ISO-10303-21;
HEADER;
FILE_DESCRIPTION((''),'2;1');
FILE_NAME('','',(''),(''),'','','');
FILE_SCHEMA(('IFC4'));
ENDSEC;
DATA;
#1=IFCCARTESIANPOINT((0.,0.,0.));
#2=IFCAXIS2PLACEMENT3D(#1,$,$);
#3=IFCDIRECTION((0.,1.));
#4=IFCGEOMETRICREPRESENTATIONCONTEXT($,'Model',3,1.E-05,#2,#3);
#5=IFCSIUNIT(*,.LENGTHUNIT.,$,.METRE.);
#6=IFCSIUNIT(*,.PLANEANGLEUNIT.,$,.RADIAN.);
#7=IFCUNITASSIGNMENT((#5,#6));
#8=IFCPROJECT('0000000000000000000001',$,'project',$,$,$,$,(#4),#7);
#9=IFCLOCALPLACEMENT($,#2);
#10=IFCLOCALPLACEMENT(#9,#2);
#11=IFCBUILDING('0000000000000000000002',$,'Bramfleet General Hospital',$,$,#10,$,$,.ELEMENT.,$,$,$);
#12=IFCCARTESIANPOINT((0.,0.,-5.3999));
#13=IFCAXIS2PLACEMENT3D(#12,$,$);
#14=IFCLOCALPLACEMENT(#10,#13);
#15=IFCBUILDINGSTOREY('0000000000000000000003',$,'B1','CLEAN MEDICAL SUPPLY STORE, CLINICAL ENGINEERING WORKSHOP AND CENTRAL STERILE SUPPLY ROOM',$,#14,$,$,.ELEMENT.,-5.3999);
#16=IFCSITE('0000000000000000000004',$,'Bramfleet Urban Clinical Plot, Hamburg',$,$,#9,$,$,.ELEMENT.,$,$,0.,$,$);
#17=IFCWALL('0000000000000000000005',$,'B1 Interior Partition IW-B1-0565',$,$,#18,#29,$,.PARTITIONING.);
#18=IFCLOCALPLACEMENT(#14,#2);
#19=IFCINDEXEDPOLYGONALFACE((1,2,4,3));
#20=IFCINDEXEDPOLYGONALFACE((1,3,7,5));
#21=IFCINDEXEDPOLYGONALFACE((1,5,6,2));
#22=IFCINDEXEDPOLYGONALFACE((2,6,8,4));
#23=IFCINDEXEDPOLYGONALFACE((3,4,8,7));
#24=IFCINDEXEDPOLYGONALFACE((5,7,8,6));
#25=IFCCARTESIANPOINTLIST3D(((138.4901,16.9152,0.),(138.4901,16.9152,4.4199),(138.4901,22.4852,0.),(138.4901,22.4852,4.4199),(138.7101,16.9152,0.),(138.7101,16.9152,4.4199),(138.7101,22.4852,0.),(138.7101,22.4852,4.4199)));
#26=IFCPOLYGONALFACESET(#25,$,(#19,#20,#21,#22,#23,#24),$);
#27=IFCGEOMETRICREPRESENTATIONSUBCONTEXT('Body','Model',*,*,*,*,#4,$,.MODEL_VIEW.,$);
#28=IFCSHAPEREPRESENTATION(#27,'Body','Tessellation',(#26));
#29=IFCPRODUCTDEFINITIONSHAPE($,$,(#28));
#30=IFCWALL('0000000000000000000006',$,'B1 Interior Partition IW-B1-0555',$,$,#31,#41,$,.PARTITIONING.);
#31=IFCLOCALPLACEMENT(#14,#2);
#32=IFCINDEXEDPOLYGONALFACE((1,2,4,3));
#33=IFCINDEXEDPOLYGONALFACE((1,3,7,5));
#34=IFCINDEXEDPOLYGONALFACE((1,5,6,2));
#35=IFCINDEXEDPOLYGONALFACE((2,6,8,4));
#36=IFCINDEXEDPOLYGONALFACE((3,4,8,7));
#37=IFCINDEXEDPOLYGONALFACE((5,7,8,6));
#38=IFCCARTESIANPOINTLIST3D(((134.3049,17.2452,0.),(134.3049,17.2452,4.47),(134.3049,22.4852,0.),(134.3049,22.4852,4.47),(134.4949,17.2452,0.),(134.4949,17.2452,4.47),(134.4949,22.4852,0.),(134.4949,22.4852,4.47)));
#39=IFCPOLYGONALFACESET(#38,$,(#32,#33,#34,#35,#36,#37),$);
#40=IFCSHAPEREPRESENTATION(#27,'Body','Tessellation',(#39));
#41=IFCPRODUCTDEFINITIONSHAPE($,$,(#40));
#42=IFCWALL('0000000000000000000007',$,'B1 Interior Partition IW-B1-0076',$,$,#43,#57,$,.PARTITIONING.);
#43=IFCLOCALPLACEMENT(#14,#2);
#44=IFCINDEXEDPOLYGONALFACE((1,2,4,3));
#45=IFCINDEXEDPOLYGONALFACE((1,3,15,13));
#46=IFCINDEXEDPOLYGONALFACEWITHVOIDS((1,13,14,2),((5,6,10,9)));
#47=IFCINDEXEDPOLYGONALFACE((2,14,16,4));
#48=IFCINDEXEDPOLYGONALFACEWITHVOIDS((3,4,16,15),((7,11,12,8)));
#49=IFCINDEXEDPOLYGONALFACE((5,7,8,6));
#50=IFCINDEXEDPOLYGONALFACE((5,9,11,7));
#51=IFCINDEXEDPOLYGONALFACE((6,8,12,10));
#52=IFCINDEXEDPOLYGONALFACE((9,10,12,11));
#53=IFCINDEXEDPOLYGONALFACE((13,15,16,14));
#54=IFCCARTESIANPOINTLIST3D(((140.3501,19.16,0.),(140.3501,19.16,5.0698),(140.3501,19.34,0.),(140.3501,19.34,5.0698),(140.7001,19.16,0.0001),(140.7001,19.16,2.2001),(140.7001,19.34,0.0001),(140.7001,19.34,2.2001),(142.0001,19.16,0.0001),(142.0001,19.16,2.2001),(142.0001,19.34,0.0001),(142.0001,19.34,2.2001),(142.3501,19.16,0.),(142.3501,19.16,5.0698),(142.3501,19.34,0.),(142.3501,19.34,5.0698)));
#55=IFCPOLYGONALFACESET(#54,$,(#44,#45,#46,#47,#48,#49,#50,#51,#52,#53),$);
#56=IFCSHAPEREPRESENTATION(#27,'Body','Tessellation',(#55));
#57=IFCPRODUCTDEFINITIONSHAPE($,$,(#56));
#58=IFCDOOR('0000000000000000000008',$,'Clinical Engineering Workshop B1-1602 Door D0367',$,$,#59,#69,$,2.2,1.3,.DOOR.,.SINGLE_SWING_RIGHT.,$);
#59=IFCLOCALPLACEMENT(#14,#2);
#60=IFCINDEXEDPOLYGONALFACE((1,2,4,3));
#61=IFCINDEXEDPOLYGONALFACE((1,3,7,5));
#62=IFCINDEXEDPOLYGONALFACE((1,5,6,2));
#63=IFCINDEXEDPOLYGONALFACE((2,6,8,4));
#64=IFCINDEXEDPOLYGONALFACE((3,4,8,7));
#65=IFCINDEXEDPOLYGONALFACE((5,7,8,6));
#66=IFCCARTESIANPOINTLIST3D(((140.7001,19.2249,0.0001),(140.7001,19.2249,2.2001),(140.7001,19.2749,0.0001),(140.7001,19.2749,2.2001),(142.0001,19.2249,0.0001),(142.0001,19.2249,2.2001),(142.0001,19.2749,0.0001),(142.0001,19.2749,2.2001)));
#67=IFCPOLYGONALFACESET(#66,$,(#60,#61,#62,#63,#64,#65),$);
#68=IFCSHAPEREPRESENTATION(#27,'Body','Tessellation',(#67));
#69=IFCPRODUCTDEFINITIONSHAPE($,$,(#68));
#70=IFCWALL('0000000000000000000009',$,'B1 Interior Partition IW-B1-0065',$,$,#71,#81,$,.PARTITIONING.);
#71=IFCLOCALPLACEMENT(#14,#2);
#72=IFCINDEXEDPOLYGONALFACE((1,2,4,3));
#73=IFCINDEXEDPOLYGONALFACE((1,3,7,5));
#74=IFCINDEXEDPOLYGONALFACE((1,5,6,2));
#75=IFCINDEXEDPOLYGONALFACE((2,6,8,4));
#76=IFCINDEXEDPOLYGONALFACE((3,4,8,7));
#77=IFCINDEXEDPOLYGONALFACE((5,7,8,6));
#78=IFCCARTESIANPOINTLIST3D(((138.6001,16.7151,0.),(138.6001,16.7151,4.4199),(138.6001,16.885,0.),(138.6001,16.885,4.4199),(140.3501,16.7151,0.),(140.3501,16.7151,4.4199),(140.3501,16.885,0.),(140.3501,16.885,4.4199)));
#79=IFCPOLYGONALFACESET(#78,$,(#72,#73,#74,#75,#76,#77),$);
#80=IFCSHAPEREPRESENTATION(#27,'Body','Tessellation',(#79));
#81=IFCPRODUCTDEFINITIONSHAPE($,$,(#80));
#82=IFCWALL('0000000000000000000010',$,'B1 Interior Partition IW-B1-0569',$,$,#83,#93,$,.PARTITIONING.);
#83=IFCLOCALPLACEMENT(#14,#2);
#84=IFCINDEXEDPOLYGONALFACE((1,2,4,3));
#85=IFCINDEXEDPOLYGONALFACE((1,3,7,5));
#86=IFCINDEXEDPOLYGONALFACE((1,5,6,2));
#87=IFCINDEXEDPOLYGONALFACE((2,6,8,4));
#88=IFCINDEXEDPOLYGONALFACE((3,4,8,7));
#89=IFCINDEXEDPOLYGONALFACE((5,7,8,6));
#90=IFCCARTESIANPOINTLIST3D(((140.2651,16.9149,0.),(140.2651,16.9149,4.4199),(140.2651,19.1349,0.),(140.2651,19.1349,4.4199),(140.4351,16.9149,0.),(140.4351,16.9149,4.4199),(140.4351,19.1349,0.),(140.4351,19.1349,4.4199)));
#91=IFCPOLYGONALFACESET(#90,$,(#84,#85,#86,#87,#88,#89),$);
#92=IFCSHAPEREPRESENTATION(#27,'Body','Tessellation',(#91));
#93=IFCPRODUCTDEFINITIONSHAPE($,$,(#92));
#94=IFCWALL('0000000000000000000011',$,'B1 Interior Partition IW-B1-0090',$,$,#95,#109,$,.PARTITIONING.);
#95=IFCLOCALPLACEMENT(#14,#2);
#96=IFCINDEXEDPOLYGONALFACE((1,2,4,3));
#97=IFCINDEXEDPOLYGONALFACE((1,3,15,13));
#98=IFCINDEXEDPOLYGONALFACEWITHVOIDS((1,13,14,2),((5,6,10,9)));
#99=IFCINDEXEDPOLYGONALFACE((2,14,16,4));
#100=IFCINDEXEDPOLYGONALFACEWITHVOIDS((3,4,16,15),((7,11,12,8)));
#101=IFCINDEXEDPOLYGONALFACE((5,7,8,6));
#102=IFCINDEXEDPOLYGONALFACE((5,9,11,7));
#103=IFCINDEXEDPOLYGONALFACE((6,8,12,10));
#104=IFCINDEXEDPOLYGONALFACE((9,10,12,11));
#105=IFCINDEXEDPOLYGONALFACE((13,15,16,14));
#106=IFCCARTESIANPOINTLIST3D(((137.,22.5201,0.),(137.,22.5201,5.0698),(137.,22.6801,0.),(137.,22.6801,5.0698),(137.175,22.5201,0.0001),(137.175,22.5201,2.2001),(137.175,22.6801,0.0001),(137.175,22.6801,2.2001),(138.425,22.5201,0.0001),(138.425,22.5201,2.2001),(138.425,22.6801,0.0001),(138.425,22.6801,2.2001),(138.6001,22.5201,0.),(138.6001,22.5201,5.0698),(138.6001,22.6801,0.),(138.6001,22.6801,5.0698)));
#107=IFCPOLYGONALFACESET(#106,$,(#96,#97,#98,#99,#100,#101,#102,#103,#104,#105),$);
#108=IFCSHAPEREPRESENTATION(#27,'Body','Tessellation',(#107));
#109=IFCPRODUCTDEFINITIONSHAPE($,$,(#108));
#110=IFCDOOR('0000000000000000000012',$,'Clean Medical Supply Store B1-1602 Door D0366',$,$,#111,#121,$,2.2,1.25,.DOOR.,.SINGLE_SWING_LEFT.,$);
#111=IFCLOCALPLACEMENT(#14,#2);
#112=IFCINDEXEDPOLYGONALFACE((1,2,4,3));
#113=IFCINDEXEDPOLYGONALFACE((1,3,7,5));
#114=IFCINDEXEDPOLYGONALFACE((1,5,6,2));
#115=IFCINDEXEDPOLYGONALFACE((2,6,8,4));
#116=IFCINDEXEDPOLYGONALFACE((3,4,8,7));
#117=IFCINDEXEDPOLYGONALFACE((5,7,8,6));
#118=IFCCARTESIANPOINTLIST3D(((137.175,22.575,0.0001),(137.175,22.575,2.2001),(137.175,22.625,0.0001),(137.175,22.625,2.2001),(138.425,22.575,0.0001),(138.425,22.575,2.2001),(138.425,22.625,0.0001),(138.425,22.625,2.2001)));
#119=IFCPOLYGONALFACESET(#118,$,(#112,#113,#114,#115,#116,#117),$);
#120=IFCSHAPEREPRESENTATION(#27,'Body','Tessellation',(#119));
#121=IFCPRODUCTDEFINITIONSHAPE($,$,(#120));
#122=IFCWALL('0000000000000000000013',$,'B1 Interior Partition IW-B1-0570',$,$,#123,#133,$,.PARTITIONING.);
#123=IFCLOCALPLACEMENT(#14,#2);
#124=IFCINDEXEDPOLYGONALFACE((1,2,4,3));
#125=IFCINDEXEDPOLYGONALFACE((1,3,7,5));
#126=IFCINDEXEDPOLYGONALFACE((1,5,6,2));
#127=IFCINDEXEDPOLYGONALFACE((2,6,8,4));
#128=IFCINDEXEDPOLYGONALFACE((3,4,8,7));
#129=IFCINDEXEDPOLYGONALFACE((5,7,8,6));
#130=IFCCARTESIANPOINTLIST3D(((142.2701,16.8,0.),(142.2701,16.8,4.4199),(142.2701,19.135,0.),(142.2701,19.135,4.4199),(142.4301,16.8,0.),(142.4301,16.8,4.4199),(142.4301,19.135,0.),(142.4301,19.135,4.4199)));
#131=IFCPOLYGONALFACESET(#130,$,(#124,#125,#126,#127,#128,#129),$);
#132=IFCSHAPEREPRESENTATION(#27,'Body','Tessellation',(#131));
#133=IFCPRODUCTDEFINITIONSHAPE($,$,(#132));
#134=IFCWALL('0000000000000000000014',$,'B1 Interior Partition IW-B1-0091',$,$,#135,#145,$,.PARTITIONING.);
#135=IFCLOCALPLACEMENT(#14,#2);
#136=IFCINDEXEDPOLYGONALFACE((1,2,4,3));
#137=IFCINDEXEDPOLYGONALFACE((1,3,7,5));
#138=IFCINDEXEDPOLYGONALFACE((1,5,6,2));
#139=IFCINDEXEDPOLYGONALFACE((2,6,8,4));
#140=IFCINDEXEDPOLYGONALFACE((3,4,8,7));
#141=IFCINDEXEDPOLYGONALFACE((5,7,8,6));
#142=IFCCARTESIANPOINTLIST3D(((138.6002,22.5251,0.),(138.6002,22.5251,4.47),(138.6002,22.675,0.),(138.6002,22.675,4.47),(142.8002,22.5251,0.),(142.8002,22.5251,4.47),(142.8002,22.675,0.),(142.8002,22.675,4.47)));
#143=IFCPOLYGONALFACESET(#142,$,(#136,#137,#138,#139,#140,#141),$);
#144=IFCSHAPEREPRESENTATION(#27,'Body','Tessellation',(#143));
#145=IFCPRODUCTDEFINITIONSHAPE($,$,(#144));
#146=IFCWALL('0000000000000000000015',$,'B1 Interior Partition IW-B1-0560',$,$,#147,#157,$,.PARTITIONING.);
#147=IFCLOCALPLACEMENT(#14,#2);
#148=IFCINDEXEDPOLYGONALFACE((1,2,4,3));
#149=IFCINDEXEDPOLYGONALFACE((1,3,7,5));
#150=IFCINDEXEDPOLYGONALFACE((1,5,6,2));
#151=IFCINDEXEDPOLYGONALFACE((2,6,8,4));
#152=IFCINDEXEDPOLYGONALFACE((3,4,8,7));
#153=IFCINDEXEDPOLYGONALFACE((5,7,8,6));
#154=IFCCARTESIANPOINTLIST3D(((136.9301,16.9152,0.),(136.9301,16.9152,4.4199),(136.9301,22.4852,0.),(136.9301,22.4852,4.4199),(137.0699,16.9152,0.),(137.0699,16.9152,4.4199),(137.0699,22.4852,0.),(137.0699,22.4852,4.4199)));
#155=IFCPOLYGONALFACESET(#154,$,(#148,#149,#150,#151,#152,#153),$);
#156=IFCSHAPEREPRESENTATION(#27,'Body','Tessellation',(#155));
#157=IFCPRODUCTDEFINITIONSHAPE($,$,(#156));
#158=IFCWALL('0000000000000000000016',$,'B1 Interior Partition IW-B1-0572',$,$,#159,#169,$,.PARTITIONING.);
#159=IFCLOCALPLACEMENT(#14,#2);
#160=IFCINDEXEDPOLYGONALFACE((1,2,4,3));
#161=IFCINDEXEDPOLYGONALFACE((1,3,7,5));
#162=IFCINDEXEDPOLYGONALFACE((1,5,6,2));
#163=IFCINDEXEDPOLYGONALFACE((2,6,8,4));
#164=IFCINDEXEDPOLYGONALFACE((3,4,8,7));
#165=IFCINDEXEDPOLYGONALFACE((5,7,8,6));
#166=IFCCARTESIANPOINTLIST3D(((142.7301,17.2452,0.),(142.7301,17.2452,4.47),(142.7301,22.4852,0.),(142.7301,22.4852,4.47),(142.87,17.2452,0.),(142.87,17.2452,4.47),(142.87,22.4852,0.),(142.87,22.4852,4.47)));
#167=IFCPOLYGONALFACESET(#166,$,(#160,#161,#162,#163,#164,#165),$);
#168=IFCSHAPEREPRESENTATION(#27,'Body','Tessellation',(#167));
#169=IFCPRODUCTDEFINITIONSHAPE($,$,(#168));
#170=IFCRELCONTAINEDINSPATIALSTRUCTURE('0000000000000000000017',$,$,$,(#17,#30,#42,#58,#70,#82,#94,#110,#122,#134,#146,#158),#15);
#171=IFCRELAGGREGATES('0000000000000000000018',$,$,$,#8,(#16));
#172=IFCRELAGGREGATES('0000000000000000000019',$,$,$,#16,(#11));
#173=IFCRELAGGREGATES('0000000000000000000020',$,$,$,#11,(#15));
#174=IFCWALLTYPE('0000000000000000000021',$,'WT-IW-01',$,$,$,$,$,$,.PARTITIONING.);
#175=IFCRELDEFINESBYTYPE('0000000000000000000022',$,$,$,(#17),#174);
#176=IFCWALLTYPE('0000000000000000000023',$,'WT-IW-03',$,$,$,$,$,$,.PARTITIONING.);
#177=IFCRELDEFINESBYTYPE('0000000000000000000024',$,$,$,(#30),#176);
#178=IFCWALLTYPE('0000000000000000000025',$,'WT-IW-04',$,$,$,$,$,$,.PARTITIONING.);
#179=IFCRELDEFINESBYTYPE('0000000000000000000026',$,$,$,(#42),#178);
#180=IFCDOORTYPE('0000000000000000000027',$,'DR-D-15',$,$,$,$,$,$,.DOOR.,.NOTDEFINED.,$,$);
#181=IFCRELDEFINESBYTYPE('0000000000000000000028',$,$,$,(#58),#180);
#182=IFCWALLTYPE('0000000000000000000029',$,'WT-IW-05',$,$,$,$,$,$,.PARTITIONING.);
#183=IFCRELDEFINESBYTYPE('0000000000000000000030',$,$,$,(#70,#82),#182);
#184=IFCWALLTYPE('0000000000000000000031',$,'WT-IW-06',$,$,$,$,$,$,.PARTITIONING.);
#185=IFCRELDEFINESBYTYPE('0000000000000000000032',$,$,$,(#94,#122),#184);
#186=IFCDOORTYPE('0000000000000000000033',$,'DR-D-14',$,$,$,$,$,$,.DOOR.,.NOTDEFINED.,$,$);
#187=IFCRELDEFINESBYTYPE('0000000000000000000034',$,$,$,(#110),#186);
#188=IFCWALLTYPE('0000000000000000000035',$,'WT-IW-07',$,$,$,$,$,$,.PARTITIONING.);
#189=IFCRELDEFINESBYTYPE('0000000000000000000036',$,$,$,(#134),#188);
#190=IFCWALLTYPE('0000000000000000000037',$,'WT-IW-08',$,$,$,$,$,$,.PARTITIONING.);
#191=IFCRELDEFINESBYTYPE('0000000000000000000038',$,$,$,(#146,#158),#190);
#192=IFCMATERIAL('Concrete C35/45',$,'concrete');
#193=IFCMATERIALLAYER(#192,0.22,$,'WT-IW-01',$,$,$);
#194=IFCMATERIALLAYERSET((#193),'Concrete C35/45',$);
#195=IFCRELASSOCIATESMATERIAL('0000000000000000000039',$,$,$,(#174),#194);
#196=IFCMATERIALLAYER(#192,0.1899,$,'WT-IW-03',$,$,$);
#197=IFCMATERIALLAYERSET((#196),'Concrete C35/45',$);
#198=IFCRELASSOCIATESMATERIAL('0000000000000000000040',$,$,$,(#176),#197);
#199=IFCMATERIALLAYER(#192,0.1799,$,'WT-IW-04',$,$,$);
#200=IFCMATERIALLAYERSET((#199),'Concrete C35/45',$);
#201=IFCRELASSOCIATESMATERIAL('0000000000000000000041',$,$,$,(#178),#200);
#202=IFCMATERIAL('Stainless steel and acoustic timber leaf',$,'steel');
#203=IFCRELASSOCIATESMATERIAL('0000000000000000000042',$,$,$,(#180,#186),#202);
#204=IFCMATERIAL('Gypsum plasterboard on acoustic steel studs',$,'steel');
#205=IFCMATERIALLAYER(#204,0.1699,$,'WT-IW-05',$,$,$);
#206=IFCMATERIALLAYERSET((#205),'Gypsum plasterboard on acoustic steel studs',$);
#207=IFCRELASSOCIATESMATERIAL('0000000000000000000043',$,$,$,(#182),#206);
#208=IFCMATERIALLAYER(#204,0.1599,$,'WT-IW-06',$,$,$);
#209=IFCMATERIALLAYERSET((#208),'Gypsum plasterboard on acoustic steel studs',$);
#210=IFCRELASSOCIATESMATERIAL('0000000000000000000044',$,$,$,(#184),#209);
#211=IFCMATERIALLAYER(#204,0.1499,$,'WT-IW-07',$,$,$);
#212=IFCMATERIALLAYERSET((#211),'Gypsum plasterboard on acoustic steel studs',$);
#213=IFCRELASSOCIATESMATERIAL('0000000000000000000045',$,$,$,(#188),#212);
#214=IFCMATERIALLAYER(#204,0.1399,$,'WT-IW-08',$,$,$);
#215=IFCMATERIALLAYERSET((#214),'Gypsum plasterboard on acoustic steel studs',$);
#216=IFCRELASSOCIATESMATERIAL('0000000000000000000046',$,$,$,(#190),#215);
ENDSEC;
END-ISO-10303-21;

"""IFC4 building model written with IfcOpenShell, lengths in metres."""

from ifc_helpers import new_model, si_unit, direction, frame, frame_2d, origin, place, context, subcontext, project, spatial, rectangle, extrude, material, layer, layer_set, type_object, element, fill, save


model = new_model("IFC4")

# Units and contexts
model_context = context("Model", 3, precision=1e-05, world=origin(), true_north=direction((0.0, 1.0)))
body_context = subcontext(model_context, "Body", "Model", "MODEL_VIEW")
ifc_project = project(units=[si_unit("LENGTHUNIT", "METRE"), si_unit("PLANEANGLEUNIT", "RADIAN")], contexts=[model_context])

# Site, building, storey
site_placement = place(None, origin())
site = spatial("IfcSite", under=ifc_project, at=site_placement, Name="Bramfleet Urban Clinical Plot, Hamburg", CompositionType="ELEMENT", RefElevation=0.0)
building_placement = place(site_placement, origin())
building = spatial("IfcBuilding", under=site, at=building_placement, Name="Bramfleet General Hospital", CompositionType="ELEMENT")
storey_placement = place(building_placement, frame((0.0, 0.0, -5.3999)))
storey = spatial("IfcBuildingStorey", under=building, at=storey_placement, Name="B1", Description="CLEAN MEDICAL SUPPLY STORE, CLINICAL ENGINEERING WORKSHOP AND CENTRAL STERILE SUPPLY ROOM", CompositionType="ELEMENT", Elevation=-5.3999)

# Shared definitions
ifc_material_1 = material(Name="Concrete C35/45", Category="concrete")

# Walls
ifc_layer_1 = layer(ifc_material_1, 0.22, Name="WT-IW-01")
ifc_layer_set_1 = layer_set([ifc_layer_1], Name="Concrete C35/45")
wall_type_1 = type_object("IfcWallType", Name="WT-IW-01", PredefinedType="PARTITIONING", material=ifc_layer_set_1)
wall_1_placement = place(storey_placement, frame((138.6001, 16.915, 0.0), z_axis=(0.0, 0.0, 1.0), x_axis=(0.0, 1.0, 0.0)))
element("IfcWall", 1, at=wall_1_placement, inside=storey, type_object=wall_type_1, Name="B1 Interior Partition IW-B1-0565", PredefinedType="PARTITIONING", context=body_context, shape_type="SweptSolid", body=[
    extrude(rectangle(XDim=5.5701, YDim=0.22, at=frame_2d((2.7852, 0.0))), origin(), (0.0, 0.0, 1.0), 4.4199),
])
ifc_layer_2 = layer(ifc_material_1, 0.1899, Name="WT-IW-03")
ifc_layer_set_2 = layer_set([ifc_layer_2], Name="Concrete C35/45")
wall_type_2 = type_object("IfcWallType", Name="WT-IW-03", PredefinedType="PARTITIONING", material=ifc_layer_set_2)
wall_2_placement = place(storey_placement, frame((134.3999, 17.2451, 0.0), z_axis=(0.0, 0.0, 1.0), x_axis=(0.0, 1.0, 0.0)))
element("IfcWall", 2, at=wall_2_placement, inside=storey, type_object=wall_type_2, Name="B1 Interior Partition IW-B1-0555", PredefinedType="PARTITIONING", context=body_context, shape_type="SweptSolid", body=[
    extrude(rectangle(XDim=5.24, YDim=0.1899, at=frame_2d((2.6201, 0.0))), origin(), (0.0, 0.0, 1.0), 4.47),
])

# Wall, opening, door
ifc_layer_3 = layer(ifc_material_1, 0.1799, Name="WT-IW-04")
ifc_layer_set_3 = layer_set([ifc_layer_3], Name="Concrete C35/45")
wall_type_3 = type_object("IfcWallType", Name="WT-IW-04", PredefinedType="PARTITIONING", material=ifc_layer_set_3)
wall_3_placement = place(storey_placement, frame((140.3501, 19.25, 0.0), z_axis=(0.0, 0.0, 1.0), x_axis=(1.0, 0.0, 0.0)))
wall_3 = element("IfcWall", 3, at=wall_3_placement, inside=storey, type_object=wall_type_3, Name="B1 Interior Partition IW-B1-0076", PredefinedType="PARTITIONING", context=body_context, shape_type="SweptSolid", body=[
    extrude(rectangle(XDim=2.0, YDim=0.1799, at=frame_2d((1.0, 0.0))), origin(), (0.0, 0.0, 1.0), 5.0698),
])
opening_1_placement = place(wall_3_placement, frame((0.3501, 0.0, 0.0)))
opening_1 = element("IfcOpeningElement", 4, at=opening_1_placement, cuts=wall_3, PredefinedType="OPENING", context=body_context, shape_type="SweptSolid", body=[
    extrude(rectangle(XDim=1.3, YDim=2.2, at=frame_2d((0.6499, 1.1001))), frame((0.0, 0.0999, 0.0), z_axis=(0.0, -1.0, 0.0), x_axis=(1.0, 0.0, 0.0)), (0.0, 0.0, 1.0), 0.2),
])
ifc_material_2 = material(Name="Stainless steel and acoustic timber leaf", Category="steel")
door_type_1 = type_object("IfcDoorType", Name="DR-D-15", OperationType="NOTDEFINED", PredefinedType="DOOR", material=ifc_material_2)
door_1_placement = place(opening_1_placement, origin())
door_1 = element("IfcDoor", 5, at=door_1_placement, inside=storey, type_object=door_type_1, Name="Clinical Engineering Workshop B1-1602 Door D0367", OperationType="SINGLE_SWING_RIGHT", OverallHeight=2.2, OverallWidth=1.3, PredefinedType="DOOR", context=body_context, shape_type="SweptSolid", body=[
    extrude(rectangle(XDim=1.3, YDim=2.2, at=frame_2d((0.6499, 1.1001))), frame((0.0, 0.0249, 0.0), z_axis=(0.0, -1.0, 0.0), x_axis=(1.0, 0.0, 0.0)), (0.0, 0.0, 1.0), 0.05),
])
fill(opening_1, door_1)

# Walls
ifc_material_3 = material(Name="Gypsum plasterboard on acoustic steel studs", Category="steel")
ifc_layer_4 = layer(ifc_material_3, 0.1699, Name="WT-IW-05")
ifc_layer_set_4 = layer_set([ifc_layer_4], Name="Gypsum plasterboard on acoustic steel studs")
wall_type_4 = type_object("IfcWallType", Name="WT-IW-05", PredefinedType="PARTITIONING", material=ifc_layer_set_4)
wall_4_placement = place(storey_placement, frame((138.6001, 16.8, 0.0), z_axis=(0.0, 0.0, 1.0), x_axis=(1.0, 0.0, 0.0)))
element("IfcWall", 6, at=wall_4_placement, inside=storey, type_object=wall_type_4, Name="B1 Interior Partition IW-B1-0065", PredefinedType="PARTITIONING", context=body_context, shape_type="SweptSolid", body=[
    extrude(rectangle(XDim=1.75, YDim=0.1699, at=frame_2d((0.875, 0.0))), origin(), (0.0, 0.0, 1.0), 4.4199),
])
wall_5_placement = place(storey_placement, frame((140.3501, 16.915, 0.0), z_axis=(0.0, 0.0, 1.0), x_axis=(0.0, 1.0, 0.0)))
element("IfcWall", 7, at=wall_5_placement, inside=storey, type_object=wall_type_4, Name="B1 Interior Partition IW-B1-0569", PredefinedType="PARTITIONING", context=body_context, shape_type="SweptSolid", body=[
    extrude(rectangle(XDim=2.22, YDim=0.1699, at=frame_2d((1.1099, 0.0))), origin(), (0.0, 0.0, 1.0), 4.4199),
])

# Wall, opening, door
ifc_layer_5 = layer(ifc_material_3, 0.1599, Name="WT-IW-06")
ifc_layer_set_5 = layer_set([ifc_layer_5], Name="Gypsum plasterboard on acoustic steel studs")
wall_type_5 = type_object("IfcWallType", Name="WT-IW-06", PredefinedType="PARTITIONING", material=ifc_layer_set_5)
wall_6_placement = place(storey_placement, frame((137.0, 22.6001, 0.0), z_axis=(0.0, 0.0, 1.0), x_axis=(1.0, 0.0, 0.0)))
wall_6 = element("IfcWall", 8, at=wall_6_placement, inside=storey, type_object=wall_type_5, Name="B1 Interior Partition IW-B1-0090", PredefinedType="PARTITIONING", context=body_context, shape_type="SweptSolid", body=[
    extrude(rectangle(XDim=1.6001, YDim=0.1599, at=frame_2d((0.8, 0.0))), origin(), (0.0, 0.0, 1.0), 5.0698),
])
opening_2_placement = place(wall_6_placement, frame((0.175, 0.0, 0.0)))
opening_2 = element("IfcOpeningElement", 9, at=opening_2_placement, cuts=wall_6, PredefinedType="OPENING", context=body_context, shape_type="SweptSolid", body=[
    extrude(rectangle(XDim=1.25, YDim=2.2, at=frame_2d((0.625, 1.1001))), frame((0.0, 0.0898, 0.0), z_axis=(0.0, -1.0, 0.0), x_axis=(1.0, 0.0, 0.0)), (0.0, 0.0, 1.0), 0.1799),
])
door_type_2 = type_object("IfcDoorType", Name="DR-D-14", OperationType="NOTDEFINED", PredefinedType="DOOR", material=ifc_material_2)
door_2_placement = place(opening_2_placement, origin())
door_2 = element("IfcDoor", 10, at=door_2_placement, inside=storey, type_object=door_type_2, Name="Clean Medical Supply Store B1-1602 Door D0366", OperationType="SINGLE_SWING_LEFT", OverallHeight=2.2, OverallWidth=1.25, PredefinedType="DOOR", context=body_context, shape_type="SweptSolid", body=[
    extrude(rectangle(XDim=1.25, YDim=2.2, at=frame_2d((0.625, 1.1001))), frame((0.0, 0.0249, 0.0), z_axis=(0.0, -1.0, 0.0), x_axis=(1.0, 0.0, 0.0)), (0.0, 0.0, 1.0), 0.05),
])
fill(opening_2, door_2)

# Walls
wall_7_placement = place(storey_placement, frame((142.3501, 16.8, 0.0), z_axis=(0.0, 0.0, 1.0), x_axis=(0.0, 1.0, 0.0)))
element("IfcWall", 11, at=wall_7_placement, inside=storey, type_object=wall_type_5, Name="B1 Interior Partition IW-B1-0570", PredefinedType="PARTITIONING", context=body_context, shape_type="SweptSolid", body=[
    extrude(rectangle(XDim=2.335, YDim=0.1599, at=frame_2d((1.1675, 0.0))), origin(), (0.0, 0.0, 1.0), 4.4199),
])
ifc_layer_6 = layer(ifc_material_3, 0.1499, Name="WT-IW-07")
ifc_layer_set_6 = layer_set([ifc_layer_6], Name="Gypsum plasterboard on acoustic steel studs")
wall_type_6 = type_object("IfcWallType", Name="WT-IW-07", PredefinedType="PARTITIONING", material=ifc_layer_set_6)
wall_8_placement = place(storey_placement, frame((138.6001, 22.6001, 0.0), z_axis=(0.0, 0.0, 1.0), x_axis=(1.0, 0.0, 0.0)))
element("IfcWall", 12, at=wall_8_placement, inside=storey, type_object=wall_type_6, Name="B1 Interior Partition IW-B1-0091", PredefinedType="PARTITIONING", context=body_context, shape_type="SweptSolid", body=[
    extrude(rectangle(XDim=4.2, YDim=0.1499, at=frame_2d((2.1001, 0.0))), origin(), (0.0, 0.0, 1.0), 4.47),
])
ifc_layer_7 = layer(ifc_material_3, 0.1399, Name="WT-IW-08")
ifc_layer_set_7 = layer_set([ifc_layer_7], Name="Gypsum plasterboard on acoustic steel studs")
wall_type_7 = type_object("IfcWallType", Name="WT-IW-08", PredefinedType="PARTITIONING", material=ifc_layer_set_7)
wall_9_placement = place(storey_placement, frame((137.0, 16.915, 0.0), z_axis=(0.0, 0.0, 1.0), x_axis=(0.0, 1.0, 0.0)))
element("IfcWall", 13, at=wall_9_placement, inside=storey, type_object=wall_type_7, Name="B1 Interior Partition IW-B1-0560", PredefinedType="PARTITIONING", context=body_context, shape_type="SweptSolid", body=[
    extrude(rectangle(XDim=5.5701, YDim=0.1399, at=frame_2d((2.7852, 0.0))), origin(), (0.0, 0.0, 1.0), 4.4199),
])
wall_10_placement = place(storey_placement, frame((142.8, 17.2451, 0.0), z_axis=(0.0, 0.0, 1.0), x_axis=(0.0, 1.0, 0.0)))
element("IfcWall", 14, at=wall_10_placement, inside=storey, type_object=wall_type_7, Name="B1 Interior Partition IW-B1-0572", PredefinedType="PARTITIONING", context=body_context, shape_type="SweptSolid", body=[
    extrude(rectangle(XDim=5.24, YDim=0.1399, at=frame_2d((2.6201, 0.0))), origin(), (0.0, 0.0, 1.0), 4.47),
])

save(model, "model.ifc")
